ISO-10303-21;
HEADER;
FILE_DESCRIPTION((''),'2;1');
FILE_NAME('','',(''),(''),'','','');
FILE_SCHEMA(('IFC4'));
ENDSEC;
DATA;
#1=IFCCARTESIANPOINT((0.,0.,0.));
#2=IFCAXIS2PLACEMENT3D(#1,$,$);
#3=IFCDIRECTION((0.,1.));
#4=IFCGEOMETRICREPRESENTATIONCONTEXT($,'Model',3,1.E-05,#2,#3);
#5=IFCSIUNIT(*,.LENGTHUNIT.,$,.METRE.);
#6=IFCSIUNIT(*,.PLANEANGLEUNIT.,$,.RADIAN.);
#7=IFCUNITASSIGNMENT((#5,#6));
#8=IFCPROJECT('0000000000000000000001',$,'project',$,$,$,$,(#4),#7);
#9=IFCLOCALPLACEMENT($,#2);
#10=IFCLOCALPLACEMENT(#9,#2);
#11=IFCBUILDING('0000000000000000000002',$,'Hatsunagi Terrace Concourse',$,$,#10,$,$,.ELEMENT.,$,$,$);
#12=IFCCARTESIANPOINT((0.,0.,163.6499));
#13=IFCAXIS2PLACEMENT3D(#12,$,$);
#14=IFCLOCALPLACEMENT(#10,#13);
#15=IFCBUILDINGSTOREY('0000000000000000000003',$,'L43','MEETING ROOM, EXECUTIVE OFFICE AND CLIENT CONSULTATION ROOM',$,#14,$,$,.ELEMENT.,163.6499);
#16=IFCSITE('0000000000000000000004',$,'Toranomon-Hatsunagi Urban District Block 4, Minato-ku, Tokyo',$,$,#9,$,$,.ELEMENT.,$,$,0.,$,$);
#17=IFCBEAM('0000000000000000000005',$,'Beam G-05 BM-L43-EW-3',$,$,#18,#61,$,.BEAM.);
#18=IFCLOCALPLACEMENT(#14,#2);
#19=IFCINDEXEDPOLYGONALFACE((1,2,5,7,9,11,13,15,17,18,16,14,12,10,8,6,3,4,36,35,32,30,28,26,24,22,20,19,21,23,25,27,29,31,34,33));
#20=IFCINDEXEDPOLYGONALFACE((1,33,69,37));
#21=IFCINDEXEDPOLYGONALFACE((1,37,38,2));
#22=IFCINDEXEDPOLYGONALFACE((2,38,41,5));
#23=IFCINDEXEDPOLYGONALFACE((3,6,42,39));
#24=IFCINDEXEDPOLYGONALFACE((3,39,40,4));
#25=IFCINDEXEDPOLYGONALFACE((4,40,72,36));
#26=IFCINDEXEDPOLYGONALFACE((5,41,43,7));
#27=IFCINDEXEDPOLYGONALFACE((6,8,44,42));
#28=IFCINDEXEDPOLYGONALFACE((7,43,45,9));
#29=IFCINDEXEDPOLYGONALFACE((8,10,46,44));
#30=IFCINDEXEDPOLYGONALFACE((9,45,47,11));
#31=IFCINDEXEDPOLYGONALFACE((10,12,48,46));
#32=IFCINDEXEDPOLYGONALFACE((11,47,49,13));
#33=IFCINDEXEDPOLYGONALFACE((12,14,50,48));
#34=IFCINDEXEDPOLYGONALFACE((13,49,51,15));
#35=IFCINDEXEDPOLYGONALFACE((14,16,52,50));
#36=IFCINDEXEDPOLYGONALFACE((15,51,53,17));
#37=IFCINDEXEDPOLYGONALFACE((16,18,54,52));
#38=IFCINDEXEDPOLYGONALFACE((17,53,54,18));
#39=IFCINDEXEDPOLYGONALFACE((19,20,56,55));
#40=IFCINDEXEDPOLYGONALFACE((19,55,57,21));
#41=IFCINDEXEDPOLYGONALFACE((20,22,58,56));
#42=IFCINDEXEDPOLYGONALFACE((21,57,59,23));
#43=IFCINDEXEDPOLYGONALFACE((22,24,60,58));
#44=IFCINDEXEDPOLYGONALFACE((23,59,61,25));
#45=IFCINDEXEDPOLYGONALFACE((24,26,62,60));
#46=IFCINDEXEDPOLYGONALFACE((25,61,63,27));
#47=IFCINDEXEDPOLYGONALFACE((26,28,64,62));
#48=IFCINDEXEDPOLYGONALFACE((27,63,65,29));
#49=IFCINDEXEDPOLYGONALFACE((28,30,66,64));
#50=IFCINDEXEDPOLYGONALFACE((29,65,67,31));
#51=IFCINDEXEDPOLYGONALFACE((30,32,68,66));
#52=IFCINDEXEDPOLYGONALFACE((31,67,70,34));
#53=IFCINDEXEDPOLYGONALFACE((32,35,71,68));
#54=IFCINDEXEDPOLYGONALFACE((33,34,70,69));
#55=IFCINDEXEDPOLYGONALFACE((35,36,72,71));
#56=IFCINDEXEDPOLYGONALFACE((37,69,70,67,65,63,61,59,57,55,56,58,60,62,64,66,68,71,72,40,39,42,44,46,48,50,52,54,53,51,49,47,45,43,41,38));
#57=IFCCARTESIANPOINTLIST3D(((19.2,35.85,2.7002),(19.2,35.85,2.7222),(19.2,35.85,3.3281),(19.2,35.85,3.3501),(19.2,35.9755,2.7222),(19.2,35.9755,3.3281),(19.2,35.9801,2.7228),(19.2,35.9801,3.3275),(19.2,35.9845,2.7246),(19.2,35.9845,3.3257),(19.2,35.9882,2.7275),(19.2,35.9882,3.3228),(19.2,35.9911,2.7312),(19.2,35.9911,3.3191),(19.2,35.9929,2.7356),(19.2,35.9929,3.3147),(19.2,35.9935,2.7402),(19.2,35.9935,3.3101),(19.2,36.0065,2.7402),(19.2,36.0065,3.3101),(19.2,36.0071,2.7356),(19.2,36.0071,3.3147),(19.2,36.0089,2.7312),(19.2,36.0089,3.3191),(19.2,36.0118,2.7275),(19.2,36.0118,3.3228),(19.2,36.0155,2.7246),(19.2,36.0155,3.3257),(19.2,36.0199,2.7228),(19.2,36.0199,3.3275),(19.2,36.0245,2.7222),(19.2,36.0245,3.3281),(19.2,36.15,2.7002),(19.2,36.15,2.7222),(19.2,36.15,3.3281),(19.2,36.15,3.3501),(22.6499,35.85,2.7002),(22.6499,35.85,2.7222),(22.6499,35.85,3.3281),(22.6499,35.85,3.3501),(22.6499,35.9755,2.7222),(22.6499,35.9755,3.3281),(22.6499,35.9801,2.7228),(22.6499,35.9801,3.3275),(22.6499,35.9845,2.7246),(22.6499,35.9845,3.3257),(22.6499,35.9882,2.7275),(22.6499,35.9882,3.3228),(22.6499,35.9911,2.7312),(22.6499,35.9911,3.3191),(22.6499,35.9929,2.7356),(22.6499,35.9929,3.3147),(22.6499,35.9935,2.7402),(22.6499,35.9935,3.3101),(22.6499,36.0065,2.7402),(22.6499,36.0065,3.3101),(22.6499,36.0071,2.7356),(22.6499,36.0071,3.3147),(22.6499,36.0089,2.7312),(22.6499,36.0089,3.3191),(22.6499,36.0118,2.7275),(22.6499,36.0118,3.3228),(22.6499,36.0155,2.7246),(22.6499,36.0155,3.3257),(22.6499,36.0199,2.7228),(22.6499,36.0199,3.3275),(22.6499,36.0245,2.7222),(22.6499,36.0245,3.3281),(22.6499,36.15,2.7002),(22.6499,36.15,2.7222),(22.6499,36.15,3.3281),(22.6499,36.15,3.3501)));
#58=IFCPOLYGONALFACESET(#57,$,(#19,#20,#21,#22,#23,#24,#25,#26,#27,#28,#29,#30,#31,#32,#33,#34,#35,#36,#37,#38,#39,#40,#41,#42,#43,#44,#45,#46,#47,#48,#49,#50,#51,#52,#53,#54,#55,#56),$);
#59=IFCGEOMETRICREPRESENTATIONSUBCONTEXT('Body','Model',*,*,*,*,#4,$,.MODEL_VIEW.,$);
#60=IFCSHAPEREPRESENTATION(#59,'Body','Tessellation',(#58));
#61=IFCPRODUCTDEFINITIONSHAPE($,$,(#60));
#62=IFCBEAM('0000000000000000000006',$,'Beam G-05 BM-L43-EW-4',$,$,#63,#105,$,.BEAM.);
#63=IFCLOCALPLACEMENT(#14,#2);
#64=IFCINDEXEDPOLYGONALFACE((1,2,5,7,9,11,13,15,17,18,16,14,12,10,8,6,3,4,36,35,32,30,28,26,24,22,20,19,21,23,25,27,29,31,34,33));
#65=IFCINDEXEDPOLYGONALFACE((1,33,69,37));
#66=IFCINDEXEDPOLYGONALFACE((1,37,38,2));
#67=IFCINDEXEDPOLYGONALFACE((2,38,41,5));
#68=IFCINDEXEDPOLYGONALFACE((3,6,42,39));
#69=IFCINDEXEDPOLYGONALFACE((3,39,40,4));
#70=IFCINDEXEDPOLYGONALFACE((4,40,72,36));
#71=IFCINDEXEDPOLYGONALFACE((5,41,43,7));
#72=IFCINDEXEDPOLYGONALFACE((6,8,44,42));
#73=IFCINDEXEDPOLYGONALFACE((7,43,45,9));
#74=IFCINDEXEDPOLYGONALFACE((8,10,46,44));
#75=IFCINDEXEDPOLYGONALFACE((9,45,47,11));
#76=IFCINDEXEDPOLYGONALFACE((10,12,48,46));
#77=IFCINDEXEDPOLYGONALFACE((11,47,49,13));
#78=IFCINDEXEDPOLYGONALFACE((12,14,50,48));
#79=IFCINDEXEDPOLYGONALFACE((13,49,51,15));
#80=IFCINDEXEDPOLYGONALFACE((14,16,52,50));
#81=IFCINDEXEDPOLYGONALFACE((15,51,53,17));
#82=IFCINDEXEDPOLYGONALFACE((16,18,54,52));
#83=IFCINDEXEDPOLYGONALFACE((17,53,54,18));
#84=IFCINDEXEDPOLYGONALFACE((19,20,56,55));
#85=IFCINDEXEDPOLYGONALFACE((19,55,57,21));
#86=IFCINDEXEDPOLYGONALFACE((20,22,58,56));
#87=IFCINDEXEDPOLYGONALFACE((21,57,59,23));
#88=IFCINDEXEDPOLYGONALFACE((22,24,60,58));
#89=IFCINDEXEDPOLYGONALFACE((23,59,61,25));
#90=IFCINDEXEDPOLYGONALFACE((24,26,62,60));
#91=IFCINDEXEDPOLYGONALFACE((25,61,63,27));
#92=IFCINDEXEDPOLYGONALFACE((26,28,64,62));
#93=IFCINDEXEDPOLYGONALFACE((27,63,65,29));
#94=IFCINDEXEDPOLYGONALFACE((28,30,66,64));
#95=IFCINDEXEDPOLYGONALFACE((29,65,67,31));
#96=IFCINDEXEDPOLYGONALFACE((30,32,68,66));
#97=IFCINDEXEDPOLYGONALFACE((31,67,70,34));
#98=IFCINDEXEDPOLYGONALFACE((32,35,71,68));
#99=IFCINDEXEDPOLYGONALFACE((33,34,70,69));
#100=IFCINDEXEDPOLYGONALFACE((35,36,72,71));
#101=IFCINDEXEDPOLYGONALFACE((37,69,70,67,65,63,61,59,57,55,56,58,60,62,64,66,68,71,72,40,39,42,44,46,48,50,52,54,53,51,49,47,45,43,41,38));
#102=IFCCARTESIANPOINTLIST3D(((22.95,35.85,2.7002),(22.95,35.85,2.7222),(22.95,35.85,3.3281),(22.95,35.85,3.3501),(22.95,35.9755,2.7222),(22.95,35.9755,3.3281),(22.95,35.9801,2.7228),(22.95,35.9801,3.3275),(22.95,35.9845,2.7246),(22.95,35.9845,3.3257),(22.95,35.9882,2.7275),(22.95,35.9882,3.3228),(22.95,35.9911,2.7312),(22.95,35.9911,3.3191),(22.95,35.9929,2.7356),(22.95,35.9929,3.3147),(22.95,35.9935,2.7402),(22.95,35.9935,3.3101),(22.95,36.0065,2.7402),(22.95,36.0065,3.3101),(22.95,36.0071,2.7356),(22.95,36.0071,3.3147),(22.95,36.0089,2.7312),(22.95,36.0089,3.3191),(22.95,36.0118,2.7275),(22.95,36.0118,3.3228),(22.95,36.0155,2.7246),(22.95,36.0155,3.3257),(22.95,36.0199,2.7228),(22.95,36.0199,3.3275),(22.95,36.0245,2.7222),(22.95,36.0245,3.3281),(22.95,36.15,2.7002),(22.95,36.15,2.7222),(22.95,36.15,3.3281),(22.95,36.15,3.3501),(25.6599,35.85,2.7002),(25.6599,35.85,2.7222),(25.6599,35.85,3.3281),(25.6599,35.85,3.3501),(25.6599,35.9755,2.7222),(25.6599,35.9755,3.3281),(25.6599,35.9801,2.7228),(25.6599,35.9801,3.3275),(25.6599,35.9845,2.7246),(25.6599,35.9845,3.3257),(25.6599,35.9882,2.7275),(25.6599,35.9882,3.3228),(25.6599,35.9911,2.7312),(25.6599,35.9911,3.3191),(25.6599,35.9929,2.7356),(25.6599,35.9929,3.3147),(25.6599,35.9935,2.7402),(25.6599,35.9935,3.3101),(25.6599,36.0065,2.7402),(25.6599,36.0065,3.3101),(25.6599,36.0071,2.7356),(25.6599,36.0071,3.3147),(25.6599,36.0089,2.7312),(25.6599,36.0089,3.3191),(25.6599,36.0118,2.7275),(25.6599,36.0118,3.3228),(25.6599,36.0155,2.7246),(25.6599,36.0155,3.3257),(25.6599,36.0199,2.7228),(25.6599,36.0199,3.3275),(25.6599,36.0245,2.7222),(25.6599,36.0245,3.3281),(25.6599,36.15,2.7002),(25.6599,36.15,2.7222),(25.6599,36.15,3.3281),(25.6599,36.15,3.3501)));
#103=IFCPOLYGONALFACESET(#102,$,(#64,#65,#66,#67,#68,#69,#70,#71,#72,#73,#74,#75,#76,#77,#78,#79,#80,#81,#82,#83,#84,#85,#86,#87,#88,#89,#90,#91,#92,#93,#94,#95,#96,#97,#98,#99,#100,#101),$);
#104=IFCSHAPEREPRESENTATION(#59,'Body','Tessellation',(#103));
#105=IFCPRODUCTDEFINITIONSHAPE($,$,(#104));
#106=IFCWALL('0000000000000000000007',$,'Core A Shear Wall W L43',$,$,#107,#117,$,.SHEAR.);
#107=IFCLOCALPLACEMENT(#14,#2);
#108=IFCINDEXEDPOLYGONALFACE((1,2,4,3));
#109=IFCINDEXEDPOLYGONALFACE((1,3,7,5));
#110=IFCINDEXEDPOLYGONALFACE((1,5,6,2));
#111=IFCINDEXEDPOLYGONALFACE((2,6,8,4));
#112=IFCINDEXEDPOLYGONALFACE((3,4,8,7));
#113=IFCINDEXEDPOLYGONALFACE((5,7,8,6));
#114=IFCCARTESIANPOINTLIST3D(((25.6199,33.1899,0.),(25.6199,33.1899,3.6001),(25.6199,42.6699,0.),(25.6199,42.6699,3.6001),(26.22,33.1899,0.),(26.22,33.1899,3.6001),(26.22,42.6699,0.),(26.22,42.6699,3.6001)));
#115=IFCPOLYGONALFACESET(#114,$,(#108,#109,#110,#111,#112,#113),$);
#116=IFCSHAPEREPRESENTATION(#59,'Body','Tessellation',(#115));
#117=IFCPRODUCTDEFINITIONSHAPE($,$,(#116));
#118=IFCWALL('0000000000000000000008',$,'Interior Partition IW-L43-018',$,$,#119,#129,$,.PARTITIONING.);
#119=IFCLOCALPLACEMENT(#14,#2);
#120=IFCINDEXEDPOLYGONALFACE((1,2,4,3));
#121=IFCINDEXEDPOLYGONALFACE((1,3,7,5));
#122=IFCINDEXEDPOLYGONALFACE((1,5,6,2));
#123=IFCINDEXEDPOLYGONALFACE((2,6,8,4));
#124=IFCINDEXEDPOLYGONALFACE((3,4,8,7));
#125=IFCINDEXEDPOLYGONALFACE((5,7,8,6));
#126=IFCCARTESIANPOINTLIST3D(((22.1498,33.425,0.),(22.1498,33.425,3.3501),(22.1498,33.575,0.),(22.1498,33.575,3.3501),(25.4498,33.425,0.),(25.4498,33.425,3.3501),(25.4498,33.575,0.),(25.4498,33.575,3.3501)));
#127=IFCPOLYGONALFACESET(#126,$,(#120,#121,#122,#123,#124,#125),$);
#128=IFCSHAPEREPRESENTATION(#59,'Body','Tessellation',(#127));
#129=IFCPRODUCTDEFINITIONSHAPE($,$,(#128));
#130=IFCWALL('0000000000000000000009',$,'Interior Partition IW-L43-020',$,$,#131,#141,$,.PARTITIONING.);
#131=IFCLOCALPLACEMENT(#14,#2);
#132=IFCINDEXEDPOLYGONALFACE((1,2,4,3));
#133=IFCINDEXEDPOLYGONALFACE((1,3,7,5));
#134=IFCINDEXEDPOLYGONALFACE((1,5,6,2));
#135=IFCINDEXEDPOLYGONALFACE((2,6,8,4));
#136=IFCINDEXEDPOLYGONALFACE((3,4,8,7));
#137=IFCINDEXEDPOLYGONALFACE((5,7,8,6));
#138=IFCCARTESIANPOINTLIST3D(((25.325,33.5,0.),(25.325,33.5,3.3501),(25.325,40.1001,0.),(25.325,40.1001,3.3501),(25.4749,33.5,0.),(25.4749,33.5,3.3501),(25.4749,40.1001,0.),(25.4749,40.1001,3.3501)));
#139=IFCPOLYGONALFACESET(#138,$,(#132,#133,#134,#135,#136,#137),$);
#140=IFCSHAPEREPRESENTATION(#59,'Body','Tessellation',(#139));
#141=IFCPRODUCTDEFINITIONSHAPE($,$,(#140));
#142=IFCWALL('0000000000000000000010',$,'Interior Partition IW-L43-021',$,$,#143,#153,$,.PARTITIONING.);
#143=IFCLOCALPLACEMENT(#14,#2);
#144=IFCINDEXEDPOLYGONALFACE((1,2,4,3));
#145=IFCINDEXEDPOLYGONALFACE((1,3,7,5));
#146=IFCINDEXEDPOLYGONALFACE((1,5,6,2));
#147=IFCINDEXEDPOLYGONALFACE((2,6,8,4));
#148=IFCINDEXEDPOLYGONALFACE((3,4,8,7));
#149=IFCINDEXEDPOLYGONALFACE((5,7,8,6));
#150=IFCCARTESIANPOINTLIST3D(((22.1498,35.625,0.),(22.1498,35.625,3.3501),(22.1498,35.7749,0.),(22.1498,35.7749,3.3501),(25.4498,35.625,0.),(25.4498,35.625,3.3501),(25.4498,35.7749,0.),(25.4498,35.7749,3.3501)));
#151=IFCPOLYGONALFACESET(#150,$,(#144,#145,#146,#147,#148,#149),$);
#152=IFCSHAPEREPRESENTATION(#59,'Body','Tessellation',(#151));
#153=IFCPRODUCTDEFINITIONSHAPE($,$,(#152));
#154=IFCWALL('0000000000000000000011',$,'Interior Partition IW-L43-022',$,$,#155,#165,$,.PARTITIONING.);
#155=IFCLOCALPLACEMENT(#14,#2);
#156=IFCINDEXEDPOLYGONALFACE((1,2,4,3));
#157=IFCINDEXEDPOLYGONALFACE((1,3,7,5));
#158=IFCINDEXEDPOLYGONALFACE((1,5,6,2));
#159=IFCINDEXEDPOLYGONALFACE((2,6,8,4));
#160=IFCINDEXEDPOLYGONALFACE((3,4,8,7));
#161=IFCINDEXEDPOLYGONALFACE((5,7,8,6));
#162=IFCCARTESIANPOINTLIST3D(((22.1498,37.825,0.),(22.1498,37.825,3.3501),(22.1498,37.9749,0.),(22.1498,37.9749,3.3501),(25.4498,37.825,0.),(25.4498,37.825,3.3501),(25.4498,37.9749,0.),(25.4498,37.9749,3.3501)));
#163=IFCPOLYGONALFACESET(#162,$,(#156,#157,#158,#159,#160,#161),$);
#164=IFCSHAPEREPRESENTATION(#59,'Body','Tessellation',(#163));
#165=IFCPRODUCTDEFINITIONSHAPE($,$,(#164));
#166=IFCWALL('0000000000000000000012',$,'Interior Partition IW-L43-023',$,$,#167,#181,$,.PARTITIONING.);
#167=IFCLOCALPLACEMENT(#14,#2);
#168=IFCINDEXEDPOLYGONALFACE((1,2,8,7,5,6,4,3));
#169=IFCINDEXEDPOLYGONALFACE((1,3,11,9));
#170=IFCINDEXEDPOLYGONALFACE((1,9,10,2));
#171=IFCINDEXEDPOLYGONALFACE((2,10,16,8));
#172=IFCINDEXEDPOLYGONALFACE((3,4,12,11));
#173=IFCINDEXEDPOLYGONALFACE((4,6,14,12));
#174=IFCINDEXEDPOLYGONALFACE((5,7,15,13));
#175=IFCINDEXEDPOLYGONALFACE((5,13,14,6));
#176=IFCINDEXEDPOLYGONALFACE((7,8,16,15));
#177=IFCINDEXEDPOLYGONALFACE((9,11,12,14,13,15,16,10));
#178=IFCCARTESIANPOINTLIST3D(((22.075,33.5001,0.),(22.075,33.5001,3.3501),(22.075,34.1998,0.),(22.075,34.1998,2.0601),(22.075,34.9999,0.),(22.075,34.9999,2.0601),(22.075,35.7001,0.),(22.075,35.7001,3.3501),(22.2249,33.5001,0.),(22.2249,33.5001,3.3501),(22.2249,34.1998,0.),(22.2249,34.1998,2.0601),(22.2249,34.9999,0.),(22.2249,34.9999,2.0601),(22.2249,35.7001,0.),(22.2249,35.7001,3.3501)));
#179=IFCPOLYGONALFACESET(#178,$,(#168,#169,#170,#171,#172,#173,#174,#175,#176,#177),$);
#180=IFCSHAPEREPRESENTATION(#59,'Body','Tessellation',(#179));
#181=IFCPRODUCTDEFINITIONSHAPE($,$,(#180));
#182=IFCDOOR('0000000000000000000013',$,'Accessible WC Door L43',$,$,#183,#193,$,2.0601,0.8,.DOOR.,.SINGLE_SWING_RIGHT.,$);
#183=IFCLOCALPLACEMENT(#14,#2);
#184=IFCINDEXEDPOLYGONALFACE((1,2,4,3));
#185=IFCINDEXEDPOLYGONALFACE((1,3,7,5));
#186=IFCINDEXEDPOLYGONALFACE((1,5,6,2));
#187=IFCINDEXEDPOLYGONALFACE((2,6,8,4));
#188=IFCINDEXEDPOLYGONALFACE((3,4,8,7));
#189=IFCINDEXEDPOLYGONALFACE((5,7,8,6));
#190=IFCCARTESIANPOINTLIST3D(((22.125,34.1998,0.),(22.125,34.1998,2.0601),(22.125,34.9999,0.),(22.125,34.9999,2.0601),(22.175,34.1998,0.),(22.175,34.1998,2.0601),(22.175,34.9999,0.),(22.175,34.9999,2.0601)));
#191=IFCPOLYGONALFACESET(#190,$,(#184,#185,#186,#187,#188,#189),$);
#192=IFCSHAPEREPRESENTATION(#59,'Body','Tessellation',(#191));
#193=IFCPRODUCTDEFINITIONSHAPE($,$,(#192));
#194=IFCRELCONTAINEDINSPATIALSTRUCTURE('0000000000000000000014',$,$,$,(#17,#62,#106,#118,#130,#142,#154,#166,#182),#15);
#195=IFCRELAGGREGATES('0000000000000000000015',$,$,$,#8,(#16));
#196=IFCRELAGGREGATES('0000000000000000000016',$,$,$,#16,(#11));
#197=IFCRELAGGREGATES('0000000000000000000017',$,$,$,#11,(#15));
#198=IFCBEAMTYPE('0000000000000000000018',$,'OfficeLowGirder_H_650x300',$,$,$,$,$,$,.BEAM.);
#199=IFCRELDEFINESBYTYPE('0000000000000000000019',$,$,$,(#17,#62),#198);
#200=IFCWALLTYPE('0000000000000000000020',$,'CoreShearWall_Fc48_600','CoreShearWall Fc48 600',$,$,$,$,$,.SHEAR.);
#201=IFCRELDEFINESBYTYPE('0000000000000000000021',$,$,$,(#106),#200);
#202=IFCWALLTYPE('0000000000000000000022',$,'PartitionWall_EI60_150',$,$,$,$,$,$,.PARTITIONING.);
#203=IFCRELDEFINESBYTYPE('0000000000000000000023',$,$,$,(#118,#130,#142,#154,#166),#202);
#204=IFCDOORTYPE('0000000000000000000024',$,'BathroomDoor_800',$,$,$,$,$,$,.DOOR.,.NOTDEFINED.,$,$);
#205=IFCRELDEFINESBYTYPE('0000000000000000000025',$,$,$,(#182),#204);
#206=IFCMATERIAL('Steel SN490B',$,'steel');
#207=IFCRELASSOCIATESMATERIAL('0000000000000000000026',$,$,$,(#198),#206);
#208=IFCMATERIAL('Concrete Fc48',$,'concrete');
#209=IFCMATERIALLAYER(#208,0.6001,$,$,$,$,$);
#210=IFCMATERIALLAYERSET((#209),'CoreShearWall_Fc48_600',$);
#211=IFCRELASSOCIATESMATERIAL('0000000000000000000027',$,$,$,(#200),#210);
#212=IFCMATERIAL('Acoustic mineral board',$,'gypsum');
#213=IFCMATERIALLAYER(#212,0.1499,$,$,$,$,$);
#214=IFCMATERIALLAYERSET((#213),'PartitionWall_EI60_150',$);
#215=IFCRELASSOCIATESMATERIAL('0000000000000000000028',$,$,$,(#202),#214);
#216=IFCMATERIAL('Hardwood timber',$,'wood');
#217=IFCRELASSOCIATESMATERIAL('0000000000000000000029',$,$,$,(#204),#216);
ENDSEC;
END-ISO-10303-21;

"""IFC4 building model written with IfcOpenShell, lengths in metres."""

from ifc_helpers import new_model, si_unit, direction, frame, frame_2d, origin, origin_2d, place, context, subcontext, project, spatial, rectangle, i_section, extrude, material, layer, layer_set, material_profile, profile_set, type_object, element, fill, save


model = new_model("IFC4")

# Units and contexts
model_context = context("Model", 3, precision=1e-05, world=origin(), true_north=direction((0.0, 1.0)))
body_context = subcontext(model_context, "Body", "Model", "MODEL_VIEW")
ifc_project = project(units=[si_unit("LENGTHUNIT", "METRE"), si_unit("PLANEANGLEUNIT", "RADIAN")], contexts=[model_context])

# Site, building, storey
site_placement = place(None, origin())
site = spatial("IfcSite", under=ifc_project, at=site_placement, Name="Toranomon-Hatsunagi Urban District Block 4, Minato-ku, Tokyo", CompositionType="ELEMENT", RefElevation=0.0)
building_placement = place(site_placement, origin())
building = spatial("IfcBuilding", under=site, at=building_placement, Name="Hatsunagi Terrace Concourse", CompositionType="ELEMENT")
storey_placement = place(building_placement, frame((0.0, 0.0, 163.6499)))
storey = spatial("IfcBuildingStorey", under=building, at=storey_placement, Name="L43", Description="MEETING ROOM, EXECUTIVE OFFICE AND CLIENT CONSULTATION ROOM", CompositionType="ELEMENT", Elevation=163.6499)

# Beams
ifc_material_1 = material(Name="Steel SN490B", Category="steel")
ifc_material_profile_1 = material_profile(ifc_material_1, i_section(OverallWidth=0.3, OverallDepth=0.6499, WebThickness=0.0129, FlangeThickness=0.022, FilletRadius=0.0181, at=origin_2d()), Name="H-650x300x13x22")
ifc_profile_set_1 = profile_set([ifc_material_profile_1], Name="Steel SN490B")
beam_type_1 = type_object("IfcBeamType", Name="OfficeLowGirder_H_650x300", PredefinedType="BEAM", material=ifc_profile_set_1)
beam_1_placement = place(storey_placement, frame((19.2, 36.0, 3.0251), z_axis=(1.0, 0.0, 0.0), x_axis=(0.0, 1.0, 0.0)))
element("IfcBeam", 1, at=beam_1_placement, inside=storey, type_object=beam_type_1, Name="Beam G-05 BM-L43-EW-3", PredefinedType="BEAM", context=body_context, shape_type="SweptSolid", body=[
    extrude(i_section(OverallWidth=0.3, OverallDepth=0.6499, WebThickness=0.0129, FlangeThickness=0.022, FilletRadius=0.0181, at=origin_2d()), origin(), (0.0, 0.0, 1.0), 3.45),
])
beam_2_placement = place(storey_placement, frame((22.95, 36.0, 3.0251), z_axis=(1.0, 0.0, 0.0), x_axis=(0.0, 1.0, 0.0)))
element("IfcBeam", 2, at=beam_2_placement, inside=storey, type_object=beam_type_1, Name="Beam G-05 BM-L43-EW-4", PredefinedType="BEAM", context=body_context, shape_type="SweptSolid", body=[
    extrude(i_section(OverallWidth=0.3, OverallDepth=0.6499, WebThickness=0.0129, FlangeThickness=0.022, FilletRadius=0.0181, at=origin_2d()), origin(), (0.0, 0.0, 1.0), 2.71),
])

# Shared definitions
ifc_material_2 = material(Name="Concrete Fc48", Category="concrete")
ifc_layer_1 = layer(ifc_material_2, 0.6001)
ifc_layer_set_1 = layer_set([ifc_layer_1], Name="CoreShearWall_Fc48_600")
wall_type_1 = type_object("IfcWallType", Name="CoreShearWall_Fc48_600", Description="CoreShearWall Fc48 600", PredefinedType="SHEAR", material=ifc_layer_set_1)

# Walls
wall_1_placement = place(storey_placement, frame((25.9199, 33.1899, 0.0), z_axis=(0.0, 0.0, 1.0), x_axis=(0.0, 1.0, 0.0)))
element("IfcWall", 3, at=wall_1_placement, inside=storey, type_object=wall_type_1, Name="Core A Shear Wall W L43", PredefinedType="SHEAR", context=body_context, shape_type="SweptSolid", body=[
    extrude(rectangle(XDim=9.48, YDim=0.6001, at=frame_2d((4.74, 0.0))), origin(), (0.0, 0.0, 1.0), 3.6001),
])
ifc_material_3 = material(Name="Acoustic mineral board", Category="gypsum")
ifc_layer_2 = layer(ifc_material_3, 0.1499)
ifc_layer_set_2 = layer_set([ifc_layer_2], Name="PartitionWall_EI60_150")
wall_type_2 = type_object("IfcWallType", Name="PartitionWall_EI60_150", PredefinedType="PARTITIONING", material=ifc_layer_set_2)
wall_2_placement = place(storey_placement, frame((22.1499, 33.5, 0.0), z_axis=(0.0, 0.0, 1.0), x_axis=(1.0, 0.0, 0.0)))
element("IfcWall", 4, at=wall_2_placement, inside=storey, type_object=wall_type_2, Name="Interior Partition IW-L43-018", PredefinedType="PARTITIONING", context=body_context, shape_type="SweptSolid", body=[
    extrude(rectangle(XDim=3.3, YDim=0.1499, at=frame_2d((1.6499, 0.0))), origin(), (0.0, 0.0, 1.0), 3.3501),
])
wall_3_placement = place(storey_placement, frame((25.3999, 33.5, 0.0), z_axis=(0.0, 0.0, 1.0), x_axis=(0.0, 1.0, 0.0)))
element("IfcWall", 5, at=wall_3_placement, inside=storey, type_object=wall_type_2, Name="Interior Partition IW-L43-020", PredefinedType="PARTITIONING", context=body_context, shape_type="SweptSolid", body=[
    extrude(rectangle(XDim=6.6001, YDim=0.1499, at=frame_2d((3.3, 0.0))), origin(), (0.0, 0.0, 1.0), 3.3501),
])
for number, where, z_axis, x_axis, name in (
    (6, (22.1499, 35.7, 0.0), (0.0, 0.0, 1.0), (1.0, 0.0, 0.0), "Interior Partition IW-L43-021"),
    (7, (22.1499, 37.8999, 0.0), (0.0, 0.0, 1.0), (1.0, 0.0, 0.0), "Interior Partition IW-L43-022"),
):
    element("IfcWall", number, at=place(storey_placement, frame(where, z_axis=z_axis, x_axis=x_axis)), inside=storey, type_object=wall_type_2, Name=name, PredefinedType="PARTITIONING", context=body_context, shape_type="SweptSolid", body=[
        extrude(rectangle(XDim=3.3, YDim=0.1499, at=frame_2d((1.6499, 0.0))), origin(), (0.0, 0.0, 1.0), 3.3501),
    ])

# Wall, opening, door
wall_4_placement = place(storey_placement, frame((22.1499, 33.5, 0.0), z_axis=(0.0, 0.0, 1.0), x_axis=(0.0, 1.0, 0.0)))
wall_4 = element("IfcWall", 8, at=wall_4_placement, inside=storey, type_object=wall_type_2, Name="Interior Partition IW-L43-023", PredefinedType="PARTITIONING", context=body_context, shape_type="SweptSolid", body=[
    extrude(rectangle(XDim=2.2, YDim=0.1499, at=frame_2d((1.1001, 0.0))), origin(), (0.0, 0.0, 1.0), 3.3501),
])
opening_1_placement = place(wall_4_placement, frame((0.7, 0.0, 0.0)))
opening_1 = element("IfcOpeningElement", 9, at=opening_1_placement, cuts=wall_4, PredefinedType="OPENING", context=body_context, shape_type="SweptSolid", body=[
    extrude(rectangle(XDim=0.8, YDim=2.0601, at=frame_2d((0.3999, 1.03))), frame((0.0, 0.085, 0.0), z_axis=(0.0, -1.0, 0.0), x_axis=(1.0, 0.0, 0.0)), (0.0, 0.0, 1.0), 0.1699),
])
ifc_material_4 = material(Name="Hardwood timber", Category="wood")
door_type_1 = type_object("IfcDoorType", Name="BathroomDoor_800", OperationType="NOTDEFINED", PredefinedType="DOOR", material=ifc_material_4)
door_1_placement = place(opening_1_placement, origin())
door_1 = element("IfcDoor", 10, at=door_1_placement, inside=storey, type_object=door_type_1, Name="Accessible WC Door L43", OperationType="SINGLE_SWING_RIGHT", OverallHeight=2.0601, OverallWidth=0.8, PredefinedType="DOOR", context=body_context, shape_type="SweptSolid", body=[
    extrude(rectangle(XDim=0.8, YDim=2.0601, at=frame_2d((0.3999, 1.03))), frame((0.0, 0.0249, 0.0), z_axis=(0.0, -1.0, 0.0), x_axis=(1.0, 0.0, 0.0)), (0.0, 0.0, 1.0), 0.05),
])
fill(opening_1, door_1)

save(model, "model.ifc")
